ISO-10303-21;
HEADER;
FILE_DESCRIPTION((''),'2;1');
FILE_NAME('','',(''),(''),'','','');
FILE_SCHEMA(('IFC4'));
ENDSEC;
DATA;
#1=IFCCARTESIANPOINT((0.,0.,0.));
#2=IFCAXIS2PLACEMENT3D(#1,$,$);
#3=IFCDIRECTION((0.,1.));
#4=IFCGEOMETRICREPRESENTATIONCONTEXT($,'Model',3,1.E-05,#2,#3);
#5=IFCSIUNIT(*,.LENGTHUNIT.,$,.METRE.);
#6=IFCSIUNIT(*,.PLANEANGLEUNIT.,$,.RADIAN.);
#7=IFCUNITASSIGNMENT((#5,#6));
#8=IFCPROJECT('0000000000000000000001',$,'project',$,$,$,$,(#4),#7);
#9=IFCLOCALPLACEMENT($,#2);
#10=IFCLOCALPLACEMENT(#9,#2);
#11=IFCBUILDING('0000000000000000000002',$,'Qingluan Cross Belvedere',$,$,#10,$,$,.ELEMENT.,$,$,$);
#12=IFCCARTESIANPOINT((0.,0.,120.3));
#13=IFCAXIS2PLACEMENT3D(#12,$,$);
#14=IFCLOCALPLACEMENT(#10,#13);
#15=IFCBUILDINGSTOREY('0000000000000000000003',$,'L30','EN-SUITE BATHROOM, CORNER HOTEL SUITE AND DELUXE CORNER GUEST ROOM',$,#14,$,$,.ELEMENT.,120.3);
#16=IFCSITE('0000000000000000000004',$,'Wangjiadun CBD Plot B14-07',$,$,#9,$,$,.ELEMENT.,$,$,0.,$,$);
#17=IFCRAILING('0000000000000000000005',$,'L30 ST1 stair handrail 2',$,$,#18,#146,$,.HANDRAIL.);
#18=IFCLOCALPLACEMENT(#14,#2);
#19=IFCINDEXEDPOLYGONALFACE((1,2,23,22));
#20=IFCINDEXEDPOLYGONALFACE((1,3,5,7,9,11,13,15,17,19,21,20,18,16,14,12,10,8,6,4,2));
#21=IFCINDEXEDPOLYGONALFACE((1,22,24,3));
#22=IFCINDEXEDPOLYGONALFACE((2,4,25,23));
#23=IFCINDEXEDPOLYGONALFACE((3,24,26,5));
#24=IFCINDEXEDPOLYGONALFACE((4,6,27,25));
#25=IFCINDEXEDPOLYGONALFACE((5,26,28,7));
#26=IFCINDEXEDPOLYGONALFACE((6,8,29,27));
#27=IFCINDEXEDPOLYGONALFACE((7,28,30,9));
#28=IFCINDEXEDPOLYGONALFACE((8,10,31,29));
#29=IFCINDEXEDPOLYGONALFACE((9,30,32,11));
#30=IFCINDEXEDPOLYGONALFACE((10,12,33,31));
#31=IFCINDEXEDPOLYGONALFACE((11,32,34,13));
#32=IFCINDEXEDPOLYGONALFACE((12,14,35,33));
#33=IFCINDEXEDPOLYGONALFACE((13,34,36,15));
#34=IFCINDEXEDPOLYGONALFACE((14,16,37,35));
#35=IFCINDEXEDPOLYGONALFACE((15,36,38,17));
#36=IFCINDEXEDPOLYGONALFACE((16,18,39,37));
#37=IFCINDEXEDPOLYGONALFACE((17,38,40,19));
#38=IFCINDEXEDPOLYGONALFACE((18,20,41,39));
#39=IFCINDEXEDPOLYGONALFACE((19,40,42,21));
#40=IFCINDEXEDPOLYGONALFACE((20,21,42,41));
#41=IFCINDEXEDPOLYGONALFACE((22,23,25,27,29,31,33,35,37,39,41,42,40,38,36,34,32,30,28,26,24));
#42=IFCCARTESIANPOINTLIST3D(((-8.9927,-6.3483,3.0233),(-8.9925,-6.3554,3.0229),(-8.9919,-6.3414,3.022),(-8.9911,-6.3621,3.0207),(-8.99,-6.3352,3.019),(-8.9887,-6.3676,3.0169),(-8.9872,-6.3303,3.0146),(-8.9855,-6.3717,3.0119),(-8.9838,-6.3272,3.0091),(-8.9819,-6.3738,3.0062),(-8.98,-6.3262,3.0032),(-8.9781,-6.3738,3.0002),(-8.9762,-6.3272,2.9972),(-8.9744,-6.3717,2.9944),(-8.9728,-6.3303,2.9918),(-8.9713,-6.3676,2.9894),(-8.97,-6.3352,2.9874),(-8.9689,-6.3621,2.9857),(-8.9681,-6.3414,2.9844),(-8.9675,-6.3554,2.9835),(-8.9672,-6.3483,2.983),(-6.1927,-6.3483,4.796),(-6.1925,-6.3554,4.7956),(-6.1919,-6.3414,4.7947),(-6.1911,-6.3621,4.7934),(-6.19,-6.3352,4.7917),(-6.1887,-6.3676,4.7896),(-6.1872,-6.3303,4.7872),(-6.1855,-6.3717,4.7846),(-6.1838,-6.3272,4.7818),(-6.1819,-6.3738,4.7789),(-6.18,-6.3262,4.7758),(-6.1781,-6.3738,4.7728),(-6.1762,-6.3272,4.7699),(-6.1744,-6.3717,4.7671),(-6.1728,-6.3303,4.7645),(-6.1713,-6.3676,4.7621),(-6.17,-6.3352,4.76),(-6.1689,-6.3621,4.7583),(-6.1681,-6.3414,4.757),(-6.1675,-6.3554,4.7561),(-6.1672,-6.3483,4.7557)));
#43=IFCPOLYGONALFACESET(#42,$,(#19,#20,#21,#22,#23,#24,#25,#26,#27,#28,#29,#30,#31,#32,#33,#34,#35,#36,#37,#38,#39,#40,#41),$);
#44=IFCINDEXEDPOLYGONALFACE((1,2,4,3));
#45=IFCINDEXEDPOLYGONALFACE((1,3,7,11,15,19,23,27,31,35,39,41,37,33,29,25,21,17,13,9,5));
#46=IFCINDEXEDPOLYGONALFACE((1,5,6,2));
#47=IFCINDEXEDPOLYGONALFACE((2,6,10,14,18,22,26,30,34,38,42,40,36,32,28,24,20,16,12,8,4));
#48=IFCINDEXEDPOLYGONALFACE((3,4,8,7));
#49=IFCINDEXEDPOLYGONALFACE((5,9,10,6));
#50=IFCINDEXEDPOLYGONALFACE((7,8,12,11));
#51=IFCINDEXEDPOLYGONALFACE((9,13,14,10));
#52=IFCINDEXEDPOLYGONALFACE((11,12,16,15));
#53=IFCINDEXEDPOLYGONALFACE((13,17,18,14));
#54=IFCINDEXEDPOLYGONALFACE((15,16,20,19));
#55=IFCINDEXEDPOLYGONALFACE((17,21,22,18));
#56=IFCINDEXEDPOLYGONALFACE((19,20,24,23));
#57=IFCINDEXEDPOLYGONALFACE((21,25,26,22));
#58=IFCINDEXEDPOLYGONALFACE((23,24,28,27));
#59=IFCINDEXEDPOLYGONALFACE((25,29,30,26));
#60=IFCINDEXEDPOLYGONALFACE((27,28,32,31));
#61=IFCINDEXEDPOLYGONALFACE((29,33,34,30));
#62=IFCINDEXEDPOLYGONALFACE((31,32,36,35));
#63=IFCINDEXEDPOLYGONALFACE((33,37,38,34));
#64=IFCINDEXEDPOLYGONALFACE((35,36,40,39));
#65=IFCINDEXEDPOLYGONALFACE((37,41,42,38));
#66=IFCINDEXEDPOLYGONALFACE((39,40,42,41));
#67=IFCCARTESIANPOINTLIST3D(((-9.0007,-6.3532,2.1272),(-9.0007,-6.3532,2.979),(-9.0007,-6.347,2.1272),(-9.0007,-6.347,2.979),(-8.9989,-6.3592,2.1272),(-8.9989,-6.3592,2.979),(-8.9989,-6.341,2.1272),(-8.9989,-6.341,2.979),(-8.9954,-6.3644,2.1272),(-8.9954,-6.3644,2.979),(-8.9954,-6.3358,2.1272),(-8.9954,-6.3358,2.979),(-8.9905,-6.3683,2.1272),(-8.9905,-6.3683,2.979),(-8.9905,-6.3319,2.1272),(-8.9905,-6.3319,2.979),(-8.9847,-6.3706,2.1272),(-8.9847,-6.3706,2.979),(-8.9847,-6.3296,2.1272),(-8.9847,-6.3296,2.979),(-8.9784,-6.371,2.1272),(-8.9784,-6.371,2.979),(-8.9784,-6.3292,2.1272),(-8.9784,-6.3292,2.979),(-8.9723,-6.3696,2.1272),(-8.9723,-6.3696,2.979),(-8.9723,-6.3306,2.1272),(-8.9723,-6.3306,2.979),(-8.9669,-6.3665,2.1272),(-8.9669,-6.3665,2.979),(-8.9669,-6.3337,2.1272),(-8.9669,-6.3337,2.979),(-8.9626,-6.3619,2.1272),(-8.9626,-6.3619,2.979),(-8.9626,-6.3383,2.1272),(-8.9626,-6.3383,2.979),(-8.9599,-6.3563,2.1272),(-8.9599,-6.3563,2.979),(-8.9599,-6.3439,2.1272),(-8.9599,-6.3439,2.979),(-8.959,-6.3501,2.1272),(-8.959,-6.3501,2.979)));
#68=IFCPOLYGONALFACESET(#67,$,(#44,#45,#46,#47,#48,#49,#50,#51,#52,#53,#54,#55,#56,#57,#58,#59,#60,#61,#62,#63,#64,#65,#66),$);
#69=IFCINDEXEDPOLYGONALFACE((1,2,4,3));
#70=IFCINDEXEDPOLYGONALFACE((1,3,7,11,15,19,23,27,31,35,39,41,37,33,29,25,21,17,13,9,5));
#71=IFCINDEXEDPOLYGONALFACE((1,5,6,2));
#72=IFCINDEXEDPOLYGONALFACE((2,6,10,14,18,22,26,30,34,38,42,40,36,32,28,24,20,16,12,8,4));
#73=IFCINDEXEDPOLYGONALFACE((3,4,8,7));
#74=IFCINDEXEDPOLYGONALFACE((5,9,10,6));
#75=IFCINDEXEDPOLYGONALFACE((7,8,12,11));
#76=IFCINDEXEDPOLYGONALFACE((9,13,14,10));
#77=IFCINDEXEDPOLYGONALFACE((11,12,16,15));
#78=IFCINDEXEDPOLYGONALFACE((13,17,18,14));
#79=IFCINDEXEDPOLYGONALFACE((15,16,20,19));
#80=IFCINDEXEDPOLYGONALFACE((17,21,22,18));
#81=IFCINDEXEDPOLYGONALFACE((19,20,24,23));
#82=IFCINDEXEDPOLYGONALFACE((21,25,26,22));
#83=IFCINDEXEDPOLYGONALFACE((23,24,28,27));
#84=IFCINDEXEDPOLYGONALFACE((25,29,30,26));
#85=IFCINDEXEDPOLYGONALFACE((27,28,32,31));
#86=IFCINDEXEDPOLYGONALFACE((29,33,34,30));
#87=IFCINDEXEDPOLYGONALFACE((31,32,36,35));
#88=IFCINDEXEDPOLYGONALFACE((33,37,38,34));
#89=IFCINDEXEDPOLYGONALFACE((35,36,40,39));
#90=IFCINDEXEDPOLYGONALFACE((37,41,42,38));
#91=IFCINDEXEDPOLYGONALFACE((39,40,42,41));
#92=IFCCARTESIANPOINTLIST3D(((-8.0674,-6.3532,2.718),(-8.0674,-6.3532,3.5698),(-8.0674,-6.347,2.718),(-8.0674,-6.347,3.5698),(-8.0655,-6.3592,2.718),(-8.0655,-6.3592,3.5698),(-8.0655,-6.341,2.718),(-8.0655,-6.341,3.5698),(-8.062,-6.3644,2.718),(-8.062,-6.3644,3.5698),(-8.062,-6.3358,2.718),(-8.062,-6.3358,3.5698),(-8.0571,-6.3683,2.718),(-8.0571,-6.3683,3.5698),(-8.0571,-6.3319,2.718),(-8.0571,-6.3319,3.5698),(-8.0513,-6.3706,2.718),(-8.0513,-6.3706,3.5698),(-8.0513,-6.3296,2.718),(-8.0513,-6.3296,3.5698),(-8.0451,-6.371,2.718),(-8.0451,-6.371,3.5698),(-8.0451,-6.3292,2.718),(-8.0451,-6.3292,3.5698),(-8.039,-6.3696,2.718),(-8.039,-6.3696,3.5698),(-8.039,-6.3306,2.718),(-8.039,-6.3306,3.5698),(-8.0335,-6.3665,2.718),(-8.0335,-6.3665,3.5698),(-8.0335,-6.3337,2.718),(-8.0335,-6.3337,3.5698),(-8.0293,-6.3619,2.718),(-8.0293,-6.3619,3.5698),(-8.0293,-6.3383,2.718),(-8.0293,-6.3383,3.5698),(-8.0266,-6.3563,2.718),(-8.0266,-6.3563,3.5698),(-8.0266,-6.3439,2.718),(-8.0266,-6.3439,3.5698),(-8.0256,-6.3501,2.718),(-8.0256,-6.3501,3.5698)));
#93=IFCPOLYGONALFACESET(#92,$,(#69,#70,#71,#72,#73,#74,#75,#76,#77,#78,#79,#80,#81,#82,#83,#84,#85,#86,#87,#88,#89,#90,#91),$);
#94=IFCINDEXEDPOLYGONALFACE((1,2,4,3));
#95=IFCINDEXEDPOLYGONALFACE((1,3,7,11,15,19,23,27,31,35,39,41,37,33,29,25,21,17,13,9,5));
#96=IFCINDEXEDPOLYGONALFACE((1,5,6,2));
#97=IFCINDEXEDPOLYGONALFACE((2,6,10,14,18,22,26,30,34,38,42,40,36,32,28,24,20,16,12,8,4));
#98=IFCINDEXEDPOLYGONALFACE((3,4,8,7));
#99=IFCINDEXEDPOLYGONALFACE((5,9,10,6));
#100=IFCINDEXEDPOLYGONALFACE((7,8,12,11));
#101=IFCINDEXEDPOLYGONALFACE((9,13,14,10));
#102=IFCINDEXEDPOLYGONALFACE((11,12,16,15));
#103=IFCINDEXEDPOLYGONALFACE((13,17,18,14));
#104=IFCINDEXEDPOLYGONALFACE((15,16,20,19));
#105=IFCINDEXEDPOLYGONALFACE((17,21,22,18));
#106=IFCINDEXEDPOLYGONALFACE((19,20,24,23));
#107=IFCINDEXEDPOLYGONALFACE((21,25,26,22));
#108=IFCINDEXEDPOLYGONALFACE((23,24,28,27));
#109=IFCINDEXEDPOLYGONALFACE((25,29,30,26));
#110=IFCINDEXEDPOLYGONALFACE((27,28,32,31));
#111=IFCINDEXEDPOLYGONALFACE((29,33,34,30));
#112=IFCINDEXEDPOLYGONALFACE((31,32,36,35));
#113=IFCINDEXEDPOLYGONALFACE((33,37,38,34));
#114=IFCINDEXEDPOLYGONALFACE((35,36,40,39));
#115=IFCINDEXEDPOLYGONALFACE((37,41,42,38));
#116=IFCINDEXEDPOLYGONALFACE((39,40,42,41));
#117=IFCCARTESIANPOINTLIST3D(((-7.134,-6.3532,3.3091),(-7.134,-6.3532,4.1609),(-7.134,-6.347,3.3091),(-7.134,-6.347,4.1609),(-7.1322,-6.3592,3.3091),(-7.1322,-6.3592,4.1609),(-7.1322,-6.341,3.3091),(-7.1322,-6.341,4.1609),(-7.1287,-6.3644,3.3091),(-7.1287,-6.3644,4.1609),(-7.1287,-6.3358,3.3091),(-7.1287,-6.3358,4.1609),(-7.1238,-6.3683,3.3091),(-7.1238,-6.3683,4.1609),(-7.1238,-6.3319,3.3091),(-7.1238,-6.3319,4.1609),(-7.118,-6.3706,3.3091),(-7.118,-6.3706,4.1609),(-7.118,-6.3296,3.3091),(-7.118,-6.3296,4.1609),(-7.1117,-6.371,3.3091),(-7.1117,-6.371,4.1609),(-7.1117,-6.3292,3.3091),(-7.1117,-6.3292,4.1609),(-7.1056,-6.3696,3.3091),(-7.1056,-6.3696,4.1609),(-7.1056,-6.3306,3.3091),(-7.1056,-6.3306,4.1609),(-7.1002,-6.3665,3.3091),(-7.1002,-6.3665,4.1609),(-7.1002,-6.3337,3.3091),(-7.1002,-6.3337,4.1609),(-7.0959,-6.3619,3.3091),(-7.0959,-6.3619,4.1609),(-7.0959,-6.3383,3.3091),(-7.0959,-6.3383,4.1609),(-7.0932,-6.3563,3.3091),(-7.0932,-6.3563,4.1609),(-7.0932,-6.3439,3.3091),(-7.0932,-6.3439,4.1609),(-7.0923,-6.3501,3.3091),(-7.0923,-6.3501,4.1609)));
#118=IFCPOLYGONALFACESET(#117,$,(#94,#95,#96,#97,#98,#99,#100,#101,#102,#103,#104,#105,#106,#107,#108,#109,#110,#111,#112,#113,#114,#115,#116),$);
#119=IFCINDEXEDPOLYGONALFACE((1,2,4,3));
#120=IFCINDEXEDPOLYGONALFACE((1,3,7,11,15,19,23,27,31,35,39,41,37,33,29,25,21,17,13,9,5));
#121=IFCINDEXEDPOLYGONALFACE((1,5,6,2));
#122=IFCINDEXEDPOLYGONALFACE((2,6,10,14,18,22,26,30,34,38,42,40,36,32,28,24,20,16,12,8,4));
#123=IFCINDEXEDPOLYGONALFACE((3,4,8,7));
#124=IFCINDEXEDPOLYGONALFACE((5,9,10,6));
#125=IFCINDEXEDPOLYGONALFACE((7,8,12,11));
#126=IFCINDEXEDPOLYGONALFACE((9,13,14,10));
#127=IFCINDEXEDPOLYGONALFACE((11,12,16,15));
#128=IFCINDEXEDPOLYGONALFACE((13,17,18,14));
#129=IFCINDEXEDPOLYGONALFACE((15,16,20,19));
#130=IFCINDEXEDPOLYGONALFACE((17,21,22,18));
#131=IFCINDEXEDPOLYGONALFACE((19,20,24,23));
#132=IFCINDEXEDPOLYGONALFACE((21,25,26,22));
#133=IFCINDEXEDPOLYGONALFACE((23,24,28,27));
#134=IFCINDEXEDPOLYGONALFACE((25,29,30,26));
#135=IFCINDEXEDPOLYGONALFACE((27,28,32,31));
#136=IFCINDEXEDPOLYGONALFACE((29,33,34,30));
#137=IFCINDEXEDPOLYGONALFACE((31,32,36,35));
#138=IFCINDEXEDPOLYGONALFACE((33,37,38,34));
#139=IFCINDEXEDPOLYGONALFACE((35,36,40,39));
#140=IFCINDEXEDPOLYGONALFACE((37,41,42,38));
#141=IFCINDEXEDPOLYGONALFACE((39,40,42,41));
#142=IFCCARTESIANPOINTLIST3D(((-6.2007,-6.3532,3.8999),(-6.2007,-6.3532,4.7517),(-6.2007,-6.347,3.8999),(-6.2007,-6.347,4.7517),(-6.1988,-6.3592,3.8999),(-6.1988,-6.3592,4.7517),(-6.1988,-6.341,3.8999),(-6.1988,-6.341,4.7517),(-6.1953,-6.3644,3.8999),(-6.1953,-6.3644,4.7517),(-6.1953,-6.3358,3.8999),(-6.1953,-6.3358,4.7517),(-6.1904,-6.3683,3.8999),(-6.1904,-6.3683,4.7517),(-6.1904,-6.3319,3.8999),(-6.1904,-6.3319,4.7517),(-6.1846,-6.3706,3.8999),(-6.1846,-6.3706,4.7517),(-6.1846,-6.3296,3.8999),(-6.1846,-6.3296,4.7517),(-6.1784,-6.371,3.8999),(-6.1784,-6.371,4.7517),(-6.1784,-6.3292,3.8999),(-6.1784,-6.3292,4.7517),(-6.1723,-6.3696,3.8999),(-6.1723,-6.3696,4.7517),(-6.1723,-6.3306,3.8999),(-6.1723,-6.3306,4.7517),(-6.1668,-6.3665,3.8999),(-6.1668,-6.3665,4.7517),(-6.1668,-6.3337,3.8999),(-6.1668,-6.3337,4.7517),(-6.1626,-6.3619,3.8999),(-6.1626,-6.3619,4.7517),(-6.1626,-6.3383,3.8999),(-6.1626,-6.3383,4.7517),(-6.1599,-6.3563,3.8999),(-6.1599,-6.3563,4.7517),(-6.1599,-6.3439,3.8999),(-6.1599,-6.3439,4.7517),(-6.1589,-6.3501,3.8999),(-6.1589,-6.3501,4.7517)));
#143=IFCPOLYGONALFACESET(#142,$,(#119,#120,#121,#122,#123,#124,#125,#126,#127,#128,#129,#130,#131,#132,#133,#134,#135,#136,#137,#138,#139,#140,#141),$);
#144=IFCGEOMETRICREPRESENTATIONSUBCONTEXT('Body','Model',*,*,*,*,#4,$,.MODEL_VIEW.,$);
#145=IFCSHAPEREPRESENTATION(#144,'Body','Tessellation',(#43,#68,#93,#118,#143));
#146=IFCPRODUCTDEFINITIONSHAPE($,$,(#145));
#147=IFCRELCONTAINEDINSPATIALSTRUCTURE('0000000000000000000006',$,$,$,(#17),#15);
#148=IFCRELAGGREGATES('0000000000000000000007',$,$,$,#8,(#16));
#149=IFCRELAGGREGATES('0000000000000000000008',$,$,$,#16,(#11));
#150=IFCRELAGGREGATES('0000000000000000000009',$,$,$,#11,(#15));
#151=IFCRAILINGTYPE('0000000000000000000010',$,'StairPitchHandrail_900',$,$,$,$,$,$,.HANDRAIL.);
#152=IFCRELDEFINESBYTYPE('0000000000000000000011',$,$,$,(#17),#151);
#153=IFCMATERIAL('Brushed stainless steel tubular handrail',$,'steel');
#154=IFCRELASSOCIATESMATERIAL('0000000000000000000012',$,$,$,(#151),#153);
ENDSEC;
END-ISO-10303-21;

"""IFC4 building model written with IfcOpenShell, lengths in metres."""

from ifc_helpers import new_model, si_unit, direction, frame, origin, origin_2d, place, context, subcontext, project, spatial, circle, extrude, material, type_object, element, save


model = new_model("IFC4")

# Units and contexts
model_context = context("Model", 3, precision=1e-05, world=origin(), true_north=direction((0.0, 1.0)))
body_context = subcontext(model_context, "Body", "Model", "MODEL_VIEW")
ifc_project = project(units=[si_unit("LENGTHUNIT", "METRE"), si_unit("PLANEANGLEUNIT", "RADIAN")], contexts=[model_context])

# Site, building, storey
site_placement = place(None, origin())
site = spatial("IfcSite", under=ifc_project, at=site_placement, Name="Wangjiadun CBD Plot B14-07", CompositionType="ELEMENT", RefElevation=0.0)
building_placement = place(site_placement, origin())
building = spatial("IfcBuilding", under=site, at=building_placement, Name="Qingluan Cross Belvedere", CompositionType="ELEMENT")
storey_placement = place(building_placement, frame((0.0, 0.0, 120.3)))
storey = spatial("IfcBuildingStorey", under=building, at=storey_placement, Name="L30", Description="EN-SUITE BATHROOM, CORNER HOTEL SUITE AND DELUXE CORNER GUEST ROOM", CompositionType="ELEMENT", Elevation=120.3)

# Railing
ifc_material_1 = material(Name="Brushed stainless steel tubular handrail", Category="steel")
railing_type_1 = type_object("IfcRailingType", Name="StairPitchHandrail_900", PredefinedType="HANDRAIL", material=ifc_material_1)
railing_1_placement = place(storey_placement, frame((-8.98, -6.3501, 2.1272)))
element("IfcRailing", 1, at=railing_1_placement, inside=storey, type_object=railing_type_1, Name="L30 ST1 stair handrail 2", PredefinedType="HANDRAIL", context=body_context, shape_type="SweptSolid", body=[
    extrude(circle(Radius=0.0239, at=origin_2d()), frame((0.0, 0.0, 0.876), z_axis=(0.844909, 0.0, 0.53491), x_axis=(0.0, 1.0, 0.0)), (0.0, 0.0, 1.0), 3.314),
    extrude(circle(Radius=0.021, at=origin_2d()), origin(), (0.0, 0.0, 1.0), 0.8518),
    extrude(circle(Radius=0.021, at=origin_2d()), frame((0.9333, 0.0, 0.5908)), (0.0, 0.0, 1.0), 0.8518),
    extrude(circle(Radius=0.021, at=origin_2d()), frame((1.8667, 0.0, 1.1819)), (0.0, 0.0, 1.0), 0.8518),
    extrude(circle(Radius=0.021, at=origin_2d()), frame((2.8, 0.0, 1.7727)), (0.0, 0.0, 1.0), 0.8518),
])

save(model, "model.ifc")
